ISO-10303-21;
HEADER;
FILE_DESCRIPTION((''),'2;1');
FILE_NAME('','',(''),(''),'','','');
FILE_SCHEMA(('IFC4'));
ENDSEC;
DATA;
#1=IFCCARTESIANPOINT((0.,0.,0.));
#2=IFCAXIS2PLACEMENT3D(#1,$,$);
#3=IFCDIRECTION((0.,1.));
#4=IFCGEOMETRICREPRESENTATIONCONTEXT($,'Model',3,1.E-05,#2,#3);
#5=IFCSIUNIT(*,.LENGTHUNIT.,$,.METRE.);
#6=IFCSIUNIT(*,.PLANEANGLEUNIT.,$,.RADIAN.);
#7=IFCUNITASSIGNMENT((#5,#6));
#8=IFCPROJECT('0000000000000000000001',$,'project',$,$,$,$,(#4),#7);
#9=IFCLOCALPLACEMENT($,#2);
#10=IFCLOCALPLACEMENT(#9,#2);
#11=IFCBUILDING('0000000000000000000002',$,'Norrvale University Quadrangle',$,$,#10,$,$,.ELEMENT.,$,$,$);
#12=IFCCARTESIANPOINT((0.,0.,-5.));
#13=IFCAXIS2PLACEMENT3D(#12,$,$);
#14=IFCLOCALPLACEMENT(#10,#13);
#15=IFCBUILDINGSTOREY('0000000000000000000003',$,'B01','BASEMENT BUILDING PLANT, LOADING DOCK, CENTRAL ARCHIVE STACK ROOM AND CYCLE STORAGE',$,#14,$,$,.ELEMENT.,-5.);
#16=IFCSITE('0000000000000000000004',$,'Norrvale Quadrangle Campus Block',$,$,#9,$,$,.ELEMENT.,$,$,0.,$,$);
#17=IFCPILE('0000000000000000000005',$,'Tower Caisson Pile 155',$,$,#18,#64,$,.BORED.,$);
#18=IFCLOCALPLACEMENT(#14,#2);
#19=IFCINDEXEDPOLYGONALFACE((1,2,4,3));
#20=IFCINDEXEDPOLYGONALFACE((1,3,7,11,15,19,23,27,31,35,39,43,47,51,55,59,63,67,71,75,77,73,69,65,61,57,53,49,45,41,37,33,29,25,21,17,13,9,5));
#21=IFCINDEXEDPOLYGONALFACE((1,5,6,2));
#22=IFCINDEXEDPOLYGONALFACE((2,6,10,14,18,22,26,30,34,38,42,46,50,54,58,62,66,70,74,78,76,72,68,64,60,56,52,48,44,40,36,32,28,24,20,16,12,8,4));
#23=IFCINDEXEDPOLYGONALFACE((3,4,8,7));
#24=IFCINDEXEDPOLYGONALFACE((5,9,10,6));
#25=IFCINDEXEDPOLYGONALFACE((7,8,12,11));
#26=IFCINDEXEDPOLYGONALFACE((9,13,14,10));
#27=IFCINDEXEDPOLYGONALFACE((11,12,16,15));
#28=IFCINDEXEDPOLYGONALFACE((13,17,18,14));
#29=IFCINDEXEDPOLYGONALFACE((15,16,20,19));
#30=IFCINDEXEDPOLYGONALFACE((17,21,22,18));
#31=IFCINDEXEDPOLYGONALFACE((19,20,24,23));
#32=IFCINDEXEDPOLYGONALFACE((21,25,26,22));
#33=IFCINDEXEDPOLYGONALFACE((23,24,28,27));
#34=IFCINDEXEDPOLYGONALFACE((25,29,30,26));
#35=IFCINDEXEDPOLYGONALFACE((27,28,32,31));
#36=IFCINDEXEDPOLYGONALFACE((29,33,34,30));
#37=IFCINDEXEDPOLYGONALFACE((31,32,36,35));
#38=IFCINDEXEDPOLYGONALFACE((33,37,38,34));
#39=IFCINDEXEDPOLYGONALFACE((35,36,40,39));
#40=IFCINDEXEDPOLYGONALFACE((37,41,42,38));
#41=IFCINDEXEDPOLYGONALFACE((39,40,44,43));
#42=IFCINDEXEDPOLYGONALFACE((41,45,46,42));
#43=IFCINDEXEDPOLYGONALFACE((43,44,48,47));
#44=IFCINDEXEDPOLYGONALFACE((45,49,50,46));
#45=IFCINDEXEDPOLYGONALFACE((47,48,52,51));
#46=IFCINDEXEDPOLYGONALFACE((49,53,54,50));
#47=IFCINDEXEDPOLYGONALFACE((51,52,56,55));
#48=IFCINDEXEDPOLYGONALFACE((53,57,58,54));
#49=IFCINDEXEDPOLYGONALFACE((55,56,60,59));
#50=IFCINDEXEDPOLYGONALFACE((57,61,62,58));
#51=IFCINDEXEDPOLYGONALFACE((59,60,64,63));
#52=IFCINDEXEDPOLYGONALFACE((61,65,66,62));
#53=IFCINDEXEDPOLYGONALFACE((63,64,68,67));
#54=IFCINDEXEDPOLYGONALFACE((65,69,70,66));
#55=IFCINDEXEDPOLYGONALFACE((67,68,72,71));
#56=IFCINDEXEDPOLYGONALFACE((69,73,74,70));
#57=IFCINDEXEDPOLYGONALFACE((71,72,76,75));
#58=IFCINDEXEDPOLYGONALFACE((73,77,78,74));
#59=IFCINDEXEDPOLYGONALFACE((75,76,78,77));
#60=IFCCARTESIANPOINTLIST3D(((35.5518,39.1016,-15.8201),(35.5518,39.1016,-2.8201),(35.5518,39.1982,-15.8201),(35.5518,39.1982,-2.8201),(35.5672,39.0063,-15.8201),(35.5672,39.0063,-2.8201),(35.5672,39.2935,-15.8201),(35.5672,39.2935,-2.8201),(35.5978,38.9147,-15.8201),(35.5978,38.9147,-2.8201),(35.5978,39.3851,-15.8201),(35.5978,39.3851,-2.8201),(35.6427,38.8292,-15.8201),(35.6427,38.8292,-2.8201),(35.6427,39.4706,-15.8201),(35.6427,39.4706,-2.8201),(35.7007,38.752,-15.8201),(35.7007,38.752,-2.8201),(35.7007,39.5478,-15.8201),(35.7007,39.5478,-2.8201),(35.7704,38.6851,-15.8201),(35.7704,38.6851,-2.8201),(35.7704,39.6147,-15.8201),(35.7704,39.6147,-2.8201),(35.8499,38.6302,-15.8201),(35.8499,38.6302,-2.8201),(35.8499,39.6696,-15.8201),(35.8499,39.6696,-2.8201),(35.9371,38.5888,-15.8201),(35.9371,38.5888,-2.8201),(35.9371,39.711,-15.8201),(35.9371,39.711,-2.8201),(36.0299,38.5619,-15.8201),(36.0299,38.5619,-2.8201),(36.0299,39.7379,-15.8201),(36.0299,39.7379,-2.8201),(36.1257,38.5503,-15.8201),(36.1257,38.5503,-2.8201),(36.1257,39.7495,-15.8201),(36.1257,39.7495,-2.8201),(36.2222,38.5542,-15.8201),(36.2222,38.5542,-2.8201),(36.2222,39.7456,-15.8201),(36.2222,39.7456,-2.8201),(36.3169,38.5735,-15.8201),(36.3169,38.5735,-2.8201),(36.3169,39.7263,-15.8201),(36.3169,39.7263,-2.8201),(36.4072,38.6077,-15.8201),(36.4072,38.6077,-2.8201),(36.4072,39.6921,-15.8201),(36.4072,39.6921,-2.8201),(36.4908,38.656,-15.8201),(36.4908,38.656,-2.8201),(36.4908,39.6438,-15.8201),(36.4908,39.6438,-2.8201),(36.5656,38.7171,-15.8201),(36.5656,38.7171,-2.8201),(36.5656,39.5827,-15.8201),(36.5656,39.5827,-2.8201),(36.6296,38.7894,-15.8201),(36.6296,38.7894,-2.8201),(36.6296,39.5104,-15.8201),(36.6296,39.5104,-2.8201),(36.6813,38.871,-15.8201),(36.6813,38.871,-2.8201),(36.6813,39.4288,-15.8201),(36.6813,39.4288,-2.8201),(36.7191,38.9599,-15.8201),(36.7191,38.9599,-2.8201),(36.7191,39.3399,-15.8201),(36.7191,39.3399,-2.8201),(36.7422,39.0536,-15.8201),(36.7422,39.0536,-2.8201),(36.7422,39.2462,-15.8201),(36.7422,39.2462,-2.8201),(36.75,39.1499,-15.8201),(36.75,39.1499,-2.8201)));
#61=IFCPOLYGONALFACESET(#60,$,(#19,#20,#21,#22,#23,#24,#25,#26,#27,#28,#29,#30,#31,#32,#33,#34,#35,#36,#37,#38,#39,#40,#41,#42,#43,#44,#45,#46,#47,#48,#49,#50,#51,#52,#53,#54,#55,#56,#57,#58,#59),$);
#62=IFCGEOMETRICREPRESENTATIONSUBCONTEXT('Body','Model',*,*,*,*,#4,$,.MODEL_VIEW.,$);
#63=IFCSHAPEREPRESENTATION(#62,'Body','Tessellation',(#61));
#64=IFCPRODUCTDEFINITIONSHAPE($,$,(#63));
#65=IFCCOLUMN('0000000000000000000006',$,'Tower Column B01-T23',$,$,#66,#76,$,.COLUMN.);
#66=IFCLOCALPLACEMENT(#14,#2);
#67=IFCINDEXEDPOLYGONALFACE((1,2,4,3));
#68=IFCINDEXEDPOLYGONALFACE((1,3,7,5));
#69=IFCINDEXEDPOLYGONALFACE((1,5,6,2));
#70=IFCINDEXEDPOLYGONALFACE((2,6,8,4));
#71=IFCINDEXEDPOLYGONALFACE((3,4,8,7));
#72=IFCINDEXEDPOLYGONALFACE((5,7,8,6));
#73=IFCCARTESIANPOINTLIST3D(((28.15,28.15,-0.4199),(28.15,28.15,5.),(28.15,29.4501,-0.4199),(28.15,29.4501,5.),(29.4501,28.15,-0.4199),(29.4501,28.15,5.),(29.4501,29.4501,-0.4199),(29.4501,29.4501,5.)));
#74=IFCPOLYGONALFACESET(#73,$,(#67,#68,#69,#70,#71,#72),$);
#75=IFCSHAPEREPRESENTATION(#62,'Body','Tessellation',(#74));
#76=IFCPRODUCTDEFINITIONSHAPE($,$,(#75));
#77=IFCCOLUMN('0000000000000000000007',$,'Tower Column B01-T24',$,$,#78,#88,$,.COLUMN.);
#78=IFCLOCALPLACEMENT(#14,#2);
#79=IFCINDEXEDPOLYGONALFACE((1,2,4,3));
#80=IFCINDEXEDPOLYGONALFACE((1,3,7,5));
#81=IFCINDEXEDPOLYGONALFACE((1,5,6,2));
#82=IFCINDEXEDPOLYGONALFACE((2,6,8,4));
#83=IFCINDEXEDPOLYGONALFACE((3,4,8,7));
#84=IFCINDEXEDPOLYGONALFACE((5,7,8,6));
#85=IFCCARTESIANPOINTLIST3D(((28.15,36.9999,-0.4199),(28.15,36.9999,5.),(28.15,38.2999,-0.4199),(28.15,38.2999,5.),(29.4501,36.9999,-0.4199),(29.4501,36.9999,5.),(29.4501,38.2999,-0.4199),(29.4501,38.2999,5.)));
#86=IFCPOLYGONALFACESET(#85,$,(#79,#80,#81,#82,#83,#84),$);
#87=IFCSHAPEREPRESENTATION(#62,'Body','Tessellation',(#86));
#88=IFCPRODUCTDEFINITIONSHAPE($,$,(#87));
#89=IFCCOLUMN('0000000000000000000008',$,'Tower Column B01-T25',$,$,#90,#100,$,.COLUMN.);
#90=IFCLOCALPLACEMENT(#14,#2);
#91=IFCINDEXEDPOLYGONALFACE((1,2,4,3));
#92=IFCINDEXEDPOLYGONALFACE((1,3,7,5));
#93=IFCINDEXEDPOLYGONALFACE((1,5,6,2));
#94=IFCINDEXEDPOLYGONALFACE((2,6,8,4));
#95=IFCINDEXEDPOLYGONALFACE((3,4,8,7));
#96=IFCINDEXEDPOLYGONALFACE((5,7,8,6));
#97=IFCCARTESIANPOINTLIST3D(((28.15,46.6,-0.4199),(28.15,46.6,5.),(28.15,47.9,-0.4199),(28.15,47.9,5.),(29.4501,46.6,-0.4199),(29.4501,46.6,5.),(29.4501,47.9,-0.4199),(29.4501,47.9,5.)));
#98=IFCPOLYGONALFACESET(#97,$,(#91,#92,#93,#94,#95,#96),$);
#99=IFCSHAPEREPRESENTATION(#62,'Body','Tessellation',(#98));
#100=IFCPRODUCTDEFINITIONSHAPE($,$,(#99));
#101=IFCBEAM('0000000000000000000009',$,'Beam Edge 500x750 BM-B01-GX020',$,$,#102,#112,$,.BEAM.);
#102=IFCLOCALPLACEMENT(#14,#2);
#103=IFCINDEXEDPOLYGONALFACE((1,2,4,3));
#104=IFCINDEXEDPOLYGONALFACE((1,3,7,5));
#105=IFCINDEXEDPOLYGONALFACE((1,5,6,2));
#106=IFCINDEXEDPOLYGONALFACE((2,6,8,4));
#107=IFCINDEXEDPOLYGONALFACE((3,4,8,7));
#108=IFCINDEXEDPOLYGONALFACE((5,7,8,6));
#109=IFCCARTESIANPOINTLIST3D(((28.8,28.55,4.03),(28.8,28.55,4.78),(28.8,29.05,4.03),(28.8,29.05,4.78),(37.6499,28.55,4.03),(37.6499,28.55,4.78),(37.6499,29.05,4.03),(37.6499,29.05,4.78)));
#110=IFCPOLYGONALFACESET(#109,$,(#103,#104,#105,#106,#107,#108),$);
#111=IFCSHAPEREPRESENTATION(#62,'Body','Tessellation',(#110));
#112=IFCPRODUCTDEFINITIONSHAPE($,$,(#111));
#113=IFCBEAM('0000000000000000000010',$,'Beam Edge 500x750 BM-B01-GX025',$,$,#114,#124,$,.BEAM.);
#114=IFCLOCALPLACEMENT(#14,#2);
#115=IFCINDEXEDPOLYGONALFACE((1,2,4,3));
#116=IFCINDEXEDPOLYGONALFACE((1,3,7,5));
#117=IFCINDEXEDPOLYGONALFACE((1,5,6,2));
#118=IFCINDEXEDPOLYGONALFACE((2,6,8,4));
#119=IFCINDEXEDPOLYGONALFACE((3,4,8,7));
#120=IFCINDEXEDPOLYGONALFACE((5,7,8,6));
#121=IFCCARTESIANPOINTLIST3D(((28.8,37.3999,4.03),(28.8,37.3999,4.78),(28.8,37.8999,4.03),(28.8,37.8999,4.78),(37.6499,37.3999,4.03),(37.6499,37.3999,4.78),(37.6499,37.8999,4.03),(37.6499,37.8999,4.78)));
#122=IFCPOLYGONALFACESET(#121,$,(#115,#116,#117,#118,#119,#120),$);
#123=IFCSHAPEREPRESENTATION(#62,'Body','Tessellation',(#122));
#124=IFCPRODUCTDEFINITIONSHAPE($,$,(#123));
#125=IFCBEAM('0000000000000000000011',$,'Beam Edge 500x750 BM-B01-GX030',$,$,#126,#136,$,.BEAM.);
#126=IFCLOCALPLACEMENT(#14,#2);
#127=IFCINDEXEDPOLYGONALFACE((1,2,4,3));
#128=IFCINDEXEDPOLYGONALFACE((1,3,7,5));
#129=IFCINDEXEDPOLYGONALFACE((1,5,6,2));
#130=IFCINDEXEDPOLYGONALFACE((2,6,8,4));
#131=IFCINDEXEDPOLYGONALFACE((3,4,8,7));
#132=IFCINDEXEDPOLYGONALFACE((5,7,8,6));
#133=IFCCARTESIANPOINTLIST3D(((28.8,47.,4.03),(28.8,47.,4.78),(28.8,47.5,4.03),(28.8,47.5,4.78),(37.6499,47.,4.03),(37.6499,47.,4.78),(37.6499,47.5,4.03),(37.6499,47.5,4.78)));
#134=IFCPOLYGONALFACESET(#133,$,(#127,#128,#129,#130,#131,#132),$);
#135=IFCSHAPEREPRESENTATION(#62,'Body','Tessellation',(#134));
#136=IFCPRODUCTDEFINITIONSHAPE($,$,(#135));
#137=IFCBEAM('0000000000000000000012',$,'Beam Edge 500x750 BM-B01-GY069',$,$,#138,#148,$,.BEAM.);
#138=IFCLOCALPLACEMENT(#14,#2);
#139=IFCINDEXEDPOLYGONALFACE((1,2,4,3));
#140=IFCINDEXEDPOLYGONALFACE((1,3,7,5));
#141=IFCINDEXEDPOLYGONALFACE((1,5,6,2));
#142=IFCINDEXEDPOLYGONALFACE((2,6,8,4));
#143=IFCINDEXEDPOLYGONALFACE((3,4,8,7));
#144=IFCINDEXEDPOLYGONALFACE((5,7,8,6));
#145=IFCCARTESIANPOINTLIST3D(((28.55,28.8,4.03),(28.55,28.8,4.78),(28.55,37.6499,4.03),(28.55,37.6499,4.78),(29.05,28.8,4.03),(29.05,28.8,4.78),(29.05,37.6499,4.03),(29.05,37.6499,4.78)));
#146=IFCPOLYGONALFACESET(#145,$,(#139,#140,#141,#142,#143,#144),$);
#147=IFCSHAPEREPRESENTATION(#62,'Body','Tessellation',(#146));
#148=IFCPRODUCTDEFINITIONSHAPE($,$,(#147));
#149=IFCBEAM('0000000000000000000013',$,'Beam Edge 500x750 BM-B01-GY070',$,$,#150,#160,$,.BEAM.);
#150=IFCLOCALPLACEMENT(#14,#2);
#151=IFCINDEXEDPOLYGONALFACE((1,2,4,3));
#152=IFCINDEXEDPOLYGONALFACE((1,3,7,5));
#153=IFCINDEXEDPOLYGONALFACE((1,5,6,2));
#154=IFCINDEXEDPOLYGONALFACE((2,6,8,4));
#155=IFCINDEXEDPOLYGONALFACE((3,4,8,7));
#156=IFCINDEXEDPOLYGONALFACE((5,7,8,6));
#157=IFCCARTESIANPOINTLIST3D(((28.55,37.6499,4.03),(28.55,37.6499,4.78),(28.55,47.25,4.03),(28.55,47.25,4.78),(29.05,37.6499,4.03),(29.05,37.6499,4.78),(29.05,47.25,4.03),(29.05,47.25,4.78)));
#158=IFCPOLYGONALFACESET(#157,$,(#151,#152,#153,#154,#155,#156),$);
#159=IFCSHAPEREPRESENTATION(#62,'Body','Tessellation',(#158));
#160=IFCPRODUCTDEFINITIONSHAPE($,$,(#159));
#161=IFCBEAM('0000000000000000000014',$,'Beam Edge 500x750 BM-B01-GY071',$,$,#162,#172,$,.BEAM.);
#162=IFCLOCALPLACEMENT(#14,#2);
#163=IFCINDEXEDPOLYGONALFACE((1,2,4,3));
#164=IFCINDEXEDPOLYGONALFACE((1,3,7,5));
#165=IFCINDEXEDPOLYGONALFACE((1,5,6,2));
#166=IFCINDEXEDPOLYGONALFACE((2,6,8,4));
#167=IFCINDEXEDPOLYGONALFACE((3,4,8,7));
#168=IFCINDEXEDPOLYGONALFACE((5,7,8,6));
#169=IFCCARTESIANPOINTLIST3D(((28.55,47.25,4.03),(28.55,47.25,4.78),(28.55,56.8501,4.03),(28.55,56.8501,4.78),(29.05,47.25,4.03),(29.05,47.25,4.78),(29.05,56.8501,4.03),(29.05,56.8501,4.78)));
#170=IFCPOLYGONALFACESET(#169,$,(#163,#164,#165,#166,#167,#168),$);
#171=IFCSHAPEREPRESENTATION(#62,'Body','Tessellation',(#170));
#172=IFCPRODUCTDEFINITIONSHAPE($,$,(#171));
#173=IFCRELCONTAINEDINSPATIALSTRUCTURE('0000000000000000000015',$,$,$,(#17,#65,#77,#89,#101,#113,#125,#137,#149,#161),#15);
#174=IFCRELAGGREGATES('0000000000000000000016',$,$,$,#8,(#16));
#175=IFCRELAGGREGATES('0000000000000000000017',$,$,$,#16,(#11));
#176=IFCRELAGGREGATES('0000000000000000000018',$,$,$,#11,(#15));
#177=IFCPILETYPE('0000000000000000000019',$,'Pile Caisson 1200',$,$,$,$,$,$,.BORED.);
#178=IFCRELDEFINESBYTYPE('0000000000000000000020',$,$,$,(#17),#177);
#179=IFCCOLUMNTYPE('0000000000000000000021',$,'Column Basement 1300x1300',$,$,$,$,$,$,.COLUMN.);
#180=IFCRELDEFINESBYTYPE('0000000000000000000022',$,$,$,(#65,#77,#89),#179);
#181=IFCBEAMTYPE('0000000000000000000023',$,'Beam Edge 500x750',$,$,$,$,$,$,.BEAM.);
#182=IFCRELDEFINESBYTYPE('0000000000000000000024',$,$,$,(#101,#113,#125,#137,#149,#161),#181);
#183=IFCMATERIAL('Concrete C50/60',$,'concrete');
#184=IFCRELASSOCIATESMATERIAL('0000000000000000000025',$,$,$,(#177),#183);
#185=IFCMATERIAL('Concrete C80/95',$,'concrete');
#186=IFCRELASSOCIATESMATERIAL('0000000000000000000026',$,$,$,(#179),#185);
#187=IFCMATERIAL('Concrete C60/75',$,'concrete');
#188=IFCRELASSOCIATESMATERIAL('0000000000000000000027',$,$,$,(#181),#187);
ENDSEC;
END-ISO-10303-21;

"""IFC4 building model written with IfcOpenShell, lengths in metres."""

from ifc_helpers import new_model, si_unit, direction, frame, origin, origin_2d, place, context, subcontext, project, spatial, rectangle, circle, extrude, material, material_profile, profile_set, type_object, element, save


model = new_model("IFC4")

# Units and contexts
model_context = context("Model", 3, precision=1e-05, world=origin(), true_north=direction((0.0, 1.0)))
body_context = subcontext(model_context, "Body", "Model", "MODEL_VIEW")
ifc_project = project(units=[si_unit("LENGTHUNIT", "METRE"), si_unit("PLANEANGLEUNIT", "RADIAN")], contexts=[model_context])

# Site, building, storey
site_placement = place(None, origin())
site = spatial("IfcSite", under=ifc_project, at=site_placement, Name="Norrvale Quadrangle Campus Block", CompositionType="ELEMENT", RefElevation=0.0)
building_placement = place(site_placement, origin())
building = spatial("IfcBuilding", under=site, at=building_placement, Name="Norrvale University Quadrangle", CompositionType="ELEMENT")
storey_placement = place(building_placement, frame((0.0, 0.0, -5.0)))
storey = spatial("IfcBuildingStorey", under=building, at=storey_placement, Name="B01", Description="BASEMENT BUILDING PLANT, LOADING DOCK, CENTRAL ARCHIVE STACK ROOM AND CYCLE STORAGE", CompositionType="ELEMENT", Elevation=-5.0)

# Shared definitions
ifc_material_1 = material(Name="Concrete C50/60", Category="concrete")

# Pile
ifc_material_profile_1 = material_profile(ifc_material_1, circle(Radius=0.6001, at=origin_2d()), Name="Concrete C50/60")
ifc_profile_set_1 = profile_set([ifc_material_profile_1], Name="Concrete C50/60")
pile_type_1 = type_object("IfcPileType", Name="Pile Caisson 1200", PredefinedType="BORED", material=ifc_profile_set_1)
for number, where, z_axis, x_axis, name in (
    (1, (36.1499, 39.1499, -2.8201), (0.0, 0.0, -1.0), (1.0, 0.0, 0.0), "Tower Caisson Pile 155"),
):
    element("IfcPile", number, at=place(storey_placement, frame(where, z_axis=z_axis, x_axis=x_axis)), inside=storey, type_object=pile_type_1, Name=name, PredefinedType="BORED", context=body_context, shape_type="SweptSolid", body=[
        extrude(circle(Radius=0.6001, at=origin_2d()), origin(), (0.0, 0.0, 1.0), 13.0),
    ])

# Columns
ifc_material_2 = material(Name="Concrete C80/95", Category="concrete")
ifc_material_profile_2 = material_profile(ifc_material_2, rectangle(XDim=1.3, YDim=1.3, at=origin_2d()), Name="Concrete C80/95")
ifc_profile_set_2 = profile_set([ifc_material_profile_2], Name="Concrete C80/95")
column_type = type_object("IfcColumnType", Name="Column Basement 1300x1300", PredefinedType="COLUMN", material=ifc_profile_set_2)
for number, where, z_axis, x_axis, name in (
    (2, (28.8, 28.8, -0.4199), (0.0, 0.0, 1.0), (1.0, 0.0, 0.0), "Tower Column B01-T23"),
    (3, (28.8, 37.6499, -0.4199), (0.0, 0.0, 1.0), (1.0, 0.0, 0.0), "Tower Column B01-T24"),
    (4, (28.8, 47.25, -0.4199), (0.0, 0.0, 1.0), (1.0, 0.0, 0.0), "Tower Column B01-T25"),
):
    element("IfcColumn", number, at=place(storey_placement, frame(where, z_axis=z_axis, x_axis=x_axis)), inside=storey, type_object=column_type, Name=name, PredefinedType="COLUMN", context=body_context, shape_type="SweptSolid", body=[
        extrude(rectangle(XDim=1.3, YDim=1.3, at=origin_2d()), origin(), (0.0, 0.0, 1.0), 5.4199),
    ])

# Beams
ifc_material_3 = material(Name="Concrete C60/75", Category="concrete")
ifc_material_profile_3 = material_profile(ifc_material_3, rectangle(XDim=0.5, YDim=0.75, at=origin_2d()), Name="Concrete C60/75")
ifc_profile_set_3 = profile_set([ifc_material_profile_3], Name="Concrete C60/75")
beam_type_1 = type_object("IfcBeamType", Name="Beam Edge 500x750", PredefinedType="BEAM", material=ifc_profile_set_3)
for number, where, z_axis, x_axis, name in (
    (5, (28.8, 28.8, 4.405), (1.0, 0.0, 0.0), (0.0, 1.0, 0.0), "Beam Edge 500x750 BM-B01-GX020"),
    (6, (28.8, 37.6499, 4.405), (1.0, 0.0, 0.0), (0.0, 1.0, 0.0), "Beam Edge 500x750 BM-B01-GX025"),
    (7, (28.8, 47.25, 4.405), (1.0, 0.0, 0.0), (0.0, 1.0, 0.0), "Beam Edge 500x750 BM-B01-GX030"),
    (8, (28.8, 28.8, 4.405), (0.0, 1.0, 0.0), (-1.0, 0.0, 0.0), "Beam Edge 500x750 BM-B01-GY069"),
):
    element("IfcBeam", number, at=place(storey_placement, frame(where, z_axis=z_axis, x_axis=x_axis)), inside=storey, type_object=beam_type_1, Name=name, PredefinedType="BEAM", context=body_context, shape_type="SweptSolid", body=[
        extrude(rectangle(XDim=0.5, YDim=0.75, at=origin_2d()), origin(), (0.0, 0.0, 1.0), 8.8499),
    ])
for number, where, z_axis, x_axis, name in (
    (9, (28.8, 37.6499, 4.405), (0.0, 1.0, 0.0), (-1.0, 0.0, 0.0), "Beam Edge 500x750 BM-B01-GY070"),
    (10, (28.8, 47.25, 4.405), (0.0, 1.0, 0.0), (-1.0, 0.0, 0.0), "Beam Edge 500x750 BM-B01-GY071"),
):
    element("IfcBeam", number, at=place(storey_placement, frame(where, z_axis=z_axis, x_axis=x_axis)), inside=storey, type_object=beam_type_1, Name=name, PredefinedType="BEAM", context=body_context, shape_type="SweptSolid", body=[
        extrude(rectangle(XDim=0.5, YDim=0.75, at=origin_2d()), origin(), (0.0, 0.0, 1.0), 9.6001),
    ])

save(model, "model.ifc")
